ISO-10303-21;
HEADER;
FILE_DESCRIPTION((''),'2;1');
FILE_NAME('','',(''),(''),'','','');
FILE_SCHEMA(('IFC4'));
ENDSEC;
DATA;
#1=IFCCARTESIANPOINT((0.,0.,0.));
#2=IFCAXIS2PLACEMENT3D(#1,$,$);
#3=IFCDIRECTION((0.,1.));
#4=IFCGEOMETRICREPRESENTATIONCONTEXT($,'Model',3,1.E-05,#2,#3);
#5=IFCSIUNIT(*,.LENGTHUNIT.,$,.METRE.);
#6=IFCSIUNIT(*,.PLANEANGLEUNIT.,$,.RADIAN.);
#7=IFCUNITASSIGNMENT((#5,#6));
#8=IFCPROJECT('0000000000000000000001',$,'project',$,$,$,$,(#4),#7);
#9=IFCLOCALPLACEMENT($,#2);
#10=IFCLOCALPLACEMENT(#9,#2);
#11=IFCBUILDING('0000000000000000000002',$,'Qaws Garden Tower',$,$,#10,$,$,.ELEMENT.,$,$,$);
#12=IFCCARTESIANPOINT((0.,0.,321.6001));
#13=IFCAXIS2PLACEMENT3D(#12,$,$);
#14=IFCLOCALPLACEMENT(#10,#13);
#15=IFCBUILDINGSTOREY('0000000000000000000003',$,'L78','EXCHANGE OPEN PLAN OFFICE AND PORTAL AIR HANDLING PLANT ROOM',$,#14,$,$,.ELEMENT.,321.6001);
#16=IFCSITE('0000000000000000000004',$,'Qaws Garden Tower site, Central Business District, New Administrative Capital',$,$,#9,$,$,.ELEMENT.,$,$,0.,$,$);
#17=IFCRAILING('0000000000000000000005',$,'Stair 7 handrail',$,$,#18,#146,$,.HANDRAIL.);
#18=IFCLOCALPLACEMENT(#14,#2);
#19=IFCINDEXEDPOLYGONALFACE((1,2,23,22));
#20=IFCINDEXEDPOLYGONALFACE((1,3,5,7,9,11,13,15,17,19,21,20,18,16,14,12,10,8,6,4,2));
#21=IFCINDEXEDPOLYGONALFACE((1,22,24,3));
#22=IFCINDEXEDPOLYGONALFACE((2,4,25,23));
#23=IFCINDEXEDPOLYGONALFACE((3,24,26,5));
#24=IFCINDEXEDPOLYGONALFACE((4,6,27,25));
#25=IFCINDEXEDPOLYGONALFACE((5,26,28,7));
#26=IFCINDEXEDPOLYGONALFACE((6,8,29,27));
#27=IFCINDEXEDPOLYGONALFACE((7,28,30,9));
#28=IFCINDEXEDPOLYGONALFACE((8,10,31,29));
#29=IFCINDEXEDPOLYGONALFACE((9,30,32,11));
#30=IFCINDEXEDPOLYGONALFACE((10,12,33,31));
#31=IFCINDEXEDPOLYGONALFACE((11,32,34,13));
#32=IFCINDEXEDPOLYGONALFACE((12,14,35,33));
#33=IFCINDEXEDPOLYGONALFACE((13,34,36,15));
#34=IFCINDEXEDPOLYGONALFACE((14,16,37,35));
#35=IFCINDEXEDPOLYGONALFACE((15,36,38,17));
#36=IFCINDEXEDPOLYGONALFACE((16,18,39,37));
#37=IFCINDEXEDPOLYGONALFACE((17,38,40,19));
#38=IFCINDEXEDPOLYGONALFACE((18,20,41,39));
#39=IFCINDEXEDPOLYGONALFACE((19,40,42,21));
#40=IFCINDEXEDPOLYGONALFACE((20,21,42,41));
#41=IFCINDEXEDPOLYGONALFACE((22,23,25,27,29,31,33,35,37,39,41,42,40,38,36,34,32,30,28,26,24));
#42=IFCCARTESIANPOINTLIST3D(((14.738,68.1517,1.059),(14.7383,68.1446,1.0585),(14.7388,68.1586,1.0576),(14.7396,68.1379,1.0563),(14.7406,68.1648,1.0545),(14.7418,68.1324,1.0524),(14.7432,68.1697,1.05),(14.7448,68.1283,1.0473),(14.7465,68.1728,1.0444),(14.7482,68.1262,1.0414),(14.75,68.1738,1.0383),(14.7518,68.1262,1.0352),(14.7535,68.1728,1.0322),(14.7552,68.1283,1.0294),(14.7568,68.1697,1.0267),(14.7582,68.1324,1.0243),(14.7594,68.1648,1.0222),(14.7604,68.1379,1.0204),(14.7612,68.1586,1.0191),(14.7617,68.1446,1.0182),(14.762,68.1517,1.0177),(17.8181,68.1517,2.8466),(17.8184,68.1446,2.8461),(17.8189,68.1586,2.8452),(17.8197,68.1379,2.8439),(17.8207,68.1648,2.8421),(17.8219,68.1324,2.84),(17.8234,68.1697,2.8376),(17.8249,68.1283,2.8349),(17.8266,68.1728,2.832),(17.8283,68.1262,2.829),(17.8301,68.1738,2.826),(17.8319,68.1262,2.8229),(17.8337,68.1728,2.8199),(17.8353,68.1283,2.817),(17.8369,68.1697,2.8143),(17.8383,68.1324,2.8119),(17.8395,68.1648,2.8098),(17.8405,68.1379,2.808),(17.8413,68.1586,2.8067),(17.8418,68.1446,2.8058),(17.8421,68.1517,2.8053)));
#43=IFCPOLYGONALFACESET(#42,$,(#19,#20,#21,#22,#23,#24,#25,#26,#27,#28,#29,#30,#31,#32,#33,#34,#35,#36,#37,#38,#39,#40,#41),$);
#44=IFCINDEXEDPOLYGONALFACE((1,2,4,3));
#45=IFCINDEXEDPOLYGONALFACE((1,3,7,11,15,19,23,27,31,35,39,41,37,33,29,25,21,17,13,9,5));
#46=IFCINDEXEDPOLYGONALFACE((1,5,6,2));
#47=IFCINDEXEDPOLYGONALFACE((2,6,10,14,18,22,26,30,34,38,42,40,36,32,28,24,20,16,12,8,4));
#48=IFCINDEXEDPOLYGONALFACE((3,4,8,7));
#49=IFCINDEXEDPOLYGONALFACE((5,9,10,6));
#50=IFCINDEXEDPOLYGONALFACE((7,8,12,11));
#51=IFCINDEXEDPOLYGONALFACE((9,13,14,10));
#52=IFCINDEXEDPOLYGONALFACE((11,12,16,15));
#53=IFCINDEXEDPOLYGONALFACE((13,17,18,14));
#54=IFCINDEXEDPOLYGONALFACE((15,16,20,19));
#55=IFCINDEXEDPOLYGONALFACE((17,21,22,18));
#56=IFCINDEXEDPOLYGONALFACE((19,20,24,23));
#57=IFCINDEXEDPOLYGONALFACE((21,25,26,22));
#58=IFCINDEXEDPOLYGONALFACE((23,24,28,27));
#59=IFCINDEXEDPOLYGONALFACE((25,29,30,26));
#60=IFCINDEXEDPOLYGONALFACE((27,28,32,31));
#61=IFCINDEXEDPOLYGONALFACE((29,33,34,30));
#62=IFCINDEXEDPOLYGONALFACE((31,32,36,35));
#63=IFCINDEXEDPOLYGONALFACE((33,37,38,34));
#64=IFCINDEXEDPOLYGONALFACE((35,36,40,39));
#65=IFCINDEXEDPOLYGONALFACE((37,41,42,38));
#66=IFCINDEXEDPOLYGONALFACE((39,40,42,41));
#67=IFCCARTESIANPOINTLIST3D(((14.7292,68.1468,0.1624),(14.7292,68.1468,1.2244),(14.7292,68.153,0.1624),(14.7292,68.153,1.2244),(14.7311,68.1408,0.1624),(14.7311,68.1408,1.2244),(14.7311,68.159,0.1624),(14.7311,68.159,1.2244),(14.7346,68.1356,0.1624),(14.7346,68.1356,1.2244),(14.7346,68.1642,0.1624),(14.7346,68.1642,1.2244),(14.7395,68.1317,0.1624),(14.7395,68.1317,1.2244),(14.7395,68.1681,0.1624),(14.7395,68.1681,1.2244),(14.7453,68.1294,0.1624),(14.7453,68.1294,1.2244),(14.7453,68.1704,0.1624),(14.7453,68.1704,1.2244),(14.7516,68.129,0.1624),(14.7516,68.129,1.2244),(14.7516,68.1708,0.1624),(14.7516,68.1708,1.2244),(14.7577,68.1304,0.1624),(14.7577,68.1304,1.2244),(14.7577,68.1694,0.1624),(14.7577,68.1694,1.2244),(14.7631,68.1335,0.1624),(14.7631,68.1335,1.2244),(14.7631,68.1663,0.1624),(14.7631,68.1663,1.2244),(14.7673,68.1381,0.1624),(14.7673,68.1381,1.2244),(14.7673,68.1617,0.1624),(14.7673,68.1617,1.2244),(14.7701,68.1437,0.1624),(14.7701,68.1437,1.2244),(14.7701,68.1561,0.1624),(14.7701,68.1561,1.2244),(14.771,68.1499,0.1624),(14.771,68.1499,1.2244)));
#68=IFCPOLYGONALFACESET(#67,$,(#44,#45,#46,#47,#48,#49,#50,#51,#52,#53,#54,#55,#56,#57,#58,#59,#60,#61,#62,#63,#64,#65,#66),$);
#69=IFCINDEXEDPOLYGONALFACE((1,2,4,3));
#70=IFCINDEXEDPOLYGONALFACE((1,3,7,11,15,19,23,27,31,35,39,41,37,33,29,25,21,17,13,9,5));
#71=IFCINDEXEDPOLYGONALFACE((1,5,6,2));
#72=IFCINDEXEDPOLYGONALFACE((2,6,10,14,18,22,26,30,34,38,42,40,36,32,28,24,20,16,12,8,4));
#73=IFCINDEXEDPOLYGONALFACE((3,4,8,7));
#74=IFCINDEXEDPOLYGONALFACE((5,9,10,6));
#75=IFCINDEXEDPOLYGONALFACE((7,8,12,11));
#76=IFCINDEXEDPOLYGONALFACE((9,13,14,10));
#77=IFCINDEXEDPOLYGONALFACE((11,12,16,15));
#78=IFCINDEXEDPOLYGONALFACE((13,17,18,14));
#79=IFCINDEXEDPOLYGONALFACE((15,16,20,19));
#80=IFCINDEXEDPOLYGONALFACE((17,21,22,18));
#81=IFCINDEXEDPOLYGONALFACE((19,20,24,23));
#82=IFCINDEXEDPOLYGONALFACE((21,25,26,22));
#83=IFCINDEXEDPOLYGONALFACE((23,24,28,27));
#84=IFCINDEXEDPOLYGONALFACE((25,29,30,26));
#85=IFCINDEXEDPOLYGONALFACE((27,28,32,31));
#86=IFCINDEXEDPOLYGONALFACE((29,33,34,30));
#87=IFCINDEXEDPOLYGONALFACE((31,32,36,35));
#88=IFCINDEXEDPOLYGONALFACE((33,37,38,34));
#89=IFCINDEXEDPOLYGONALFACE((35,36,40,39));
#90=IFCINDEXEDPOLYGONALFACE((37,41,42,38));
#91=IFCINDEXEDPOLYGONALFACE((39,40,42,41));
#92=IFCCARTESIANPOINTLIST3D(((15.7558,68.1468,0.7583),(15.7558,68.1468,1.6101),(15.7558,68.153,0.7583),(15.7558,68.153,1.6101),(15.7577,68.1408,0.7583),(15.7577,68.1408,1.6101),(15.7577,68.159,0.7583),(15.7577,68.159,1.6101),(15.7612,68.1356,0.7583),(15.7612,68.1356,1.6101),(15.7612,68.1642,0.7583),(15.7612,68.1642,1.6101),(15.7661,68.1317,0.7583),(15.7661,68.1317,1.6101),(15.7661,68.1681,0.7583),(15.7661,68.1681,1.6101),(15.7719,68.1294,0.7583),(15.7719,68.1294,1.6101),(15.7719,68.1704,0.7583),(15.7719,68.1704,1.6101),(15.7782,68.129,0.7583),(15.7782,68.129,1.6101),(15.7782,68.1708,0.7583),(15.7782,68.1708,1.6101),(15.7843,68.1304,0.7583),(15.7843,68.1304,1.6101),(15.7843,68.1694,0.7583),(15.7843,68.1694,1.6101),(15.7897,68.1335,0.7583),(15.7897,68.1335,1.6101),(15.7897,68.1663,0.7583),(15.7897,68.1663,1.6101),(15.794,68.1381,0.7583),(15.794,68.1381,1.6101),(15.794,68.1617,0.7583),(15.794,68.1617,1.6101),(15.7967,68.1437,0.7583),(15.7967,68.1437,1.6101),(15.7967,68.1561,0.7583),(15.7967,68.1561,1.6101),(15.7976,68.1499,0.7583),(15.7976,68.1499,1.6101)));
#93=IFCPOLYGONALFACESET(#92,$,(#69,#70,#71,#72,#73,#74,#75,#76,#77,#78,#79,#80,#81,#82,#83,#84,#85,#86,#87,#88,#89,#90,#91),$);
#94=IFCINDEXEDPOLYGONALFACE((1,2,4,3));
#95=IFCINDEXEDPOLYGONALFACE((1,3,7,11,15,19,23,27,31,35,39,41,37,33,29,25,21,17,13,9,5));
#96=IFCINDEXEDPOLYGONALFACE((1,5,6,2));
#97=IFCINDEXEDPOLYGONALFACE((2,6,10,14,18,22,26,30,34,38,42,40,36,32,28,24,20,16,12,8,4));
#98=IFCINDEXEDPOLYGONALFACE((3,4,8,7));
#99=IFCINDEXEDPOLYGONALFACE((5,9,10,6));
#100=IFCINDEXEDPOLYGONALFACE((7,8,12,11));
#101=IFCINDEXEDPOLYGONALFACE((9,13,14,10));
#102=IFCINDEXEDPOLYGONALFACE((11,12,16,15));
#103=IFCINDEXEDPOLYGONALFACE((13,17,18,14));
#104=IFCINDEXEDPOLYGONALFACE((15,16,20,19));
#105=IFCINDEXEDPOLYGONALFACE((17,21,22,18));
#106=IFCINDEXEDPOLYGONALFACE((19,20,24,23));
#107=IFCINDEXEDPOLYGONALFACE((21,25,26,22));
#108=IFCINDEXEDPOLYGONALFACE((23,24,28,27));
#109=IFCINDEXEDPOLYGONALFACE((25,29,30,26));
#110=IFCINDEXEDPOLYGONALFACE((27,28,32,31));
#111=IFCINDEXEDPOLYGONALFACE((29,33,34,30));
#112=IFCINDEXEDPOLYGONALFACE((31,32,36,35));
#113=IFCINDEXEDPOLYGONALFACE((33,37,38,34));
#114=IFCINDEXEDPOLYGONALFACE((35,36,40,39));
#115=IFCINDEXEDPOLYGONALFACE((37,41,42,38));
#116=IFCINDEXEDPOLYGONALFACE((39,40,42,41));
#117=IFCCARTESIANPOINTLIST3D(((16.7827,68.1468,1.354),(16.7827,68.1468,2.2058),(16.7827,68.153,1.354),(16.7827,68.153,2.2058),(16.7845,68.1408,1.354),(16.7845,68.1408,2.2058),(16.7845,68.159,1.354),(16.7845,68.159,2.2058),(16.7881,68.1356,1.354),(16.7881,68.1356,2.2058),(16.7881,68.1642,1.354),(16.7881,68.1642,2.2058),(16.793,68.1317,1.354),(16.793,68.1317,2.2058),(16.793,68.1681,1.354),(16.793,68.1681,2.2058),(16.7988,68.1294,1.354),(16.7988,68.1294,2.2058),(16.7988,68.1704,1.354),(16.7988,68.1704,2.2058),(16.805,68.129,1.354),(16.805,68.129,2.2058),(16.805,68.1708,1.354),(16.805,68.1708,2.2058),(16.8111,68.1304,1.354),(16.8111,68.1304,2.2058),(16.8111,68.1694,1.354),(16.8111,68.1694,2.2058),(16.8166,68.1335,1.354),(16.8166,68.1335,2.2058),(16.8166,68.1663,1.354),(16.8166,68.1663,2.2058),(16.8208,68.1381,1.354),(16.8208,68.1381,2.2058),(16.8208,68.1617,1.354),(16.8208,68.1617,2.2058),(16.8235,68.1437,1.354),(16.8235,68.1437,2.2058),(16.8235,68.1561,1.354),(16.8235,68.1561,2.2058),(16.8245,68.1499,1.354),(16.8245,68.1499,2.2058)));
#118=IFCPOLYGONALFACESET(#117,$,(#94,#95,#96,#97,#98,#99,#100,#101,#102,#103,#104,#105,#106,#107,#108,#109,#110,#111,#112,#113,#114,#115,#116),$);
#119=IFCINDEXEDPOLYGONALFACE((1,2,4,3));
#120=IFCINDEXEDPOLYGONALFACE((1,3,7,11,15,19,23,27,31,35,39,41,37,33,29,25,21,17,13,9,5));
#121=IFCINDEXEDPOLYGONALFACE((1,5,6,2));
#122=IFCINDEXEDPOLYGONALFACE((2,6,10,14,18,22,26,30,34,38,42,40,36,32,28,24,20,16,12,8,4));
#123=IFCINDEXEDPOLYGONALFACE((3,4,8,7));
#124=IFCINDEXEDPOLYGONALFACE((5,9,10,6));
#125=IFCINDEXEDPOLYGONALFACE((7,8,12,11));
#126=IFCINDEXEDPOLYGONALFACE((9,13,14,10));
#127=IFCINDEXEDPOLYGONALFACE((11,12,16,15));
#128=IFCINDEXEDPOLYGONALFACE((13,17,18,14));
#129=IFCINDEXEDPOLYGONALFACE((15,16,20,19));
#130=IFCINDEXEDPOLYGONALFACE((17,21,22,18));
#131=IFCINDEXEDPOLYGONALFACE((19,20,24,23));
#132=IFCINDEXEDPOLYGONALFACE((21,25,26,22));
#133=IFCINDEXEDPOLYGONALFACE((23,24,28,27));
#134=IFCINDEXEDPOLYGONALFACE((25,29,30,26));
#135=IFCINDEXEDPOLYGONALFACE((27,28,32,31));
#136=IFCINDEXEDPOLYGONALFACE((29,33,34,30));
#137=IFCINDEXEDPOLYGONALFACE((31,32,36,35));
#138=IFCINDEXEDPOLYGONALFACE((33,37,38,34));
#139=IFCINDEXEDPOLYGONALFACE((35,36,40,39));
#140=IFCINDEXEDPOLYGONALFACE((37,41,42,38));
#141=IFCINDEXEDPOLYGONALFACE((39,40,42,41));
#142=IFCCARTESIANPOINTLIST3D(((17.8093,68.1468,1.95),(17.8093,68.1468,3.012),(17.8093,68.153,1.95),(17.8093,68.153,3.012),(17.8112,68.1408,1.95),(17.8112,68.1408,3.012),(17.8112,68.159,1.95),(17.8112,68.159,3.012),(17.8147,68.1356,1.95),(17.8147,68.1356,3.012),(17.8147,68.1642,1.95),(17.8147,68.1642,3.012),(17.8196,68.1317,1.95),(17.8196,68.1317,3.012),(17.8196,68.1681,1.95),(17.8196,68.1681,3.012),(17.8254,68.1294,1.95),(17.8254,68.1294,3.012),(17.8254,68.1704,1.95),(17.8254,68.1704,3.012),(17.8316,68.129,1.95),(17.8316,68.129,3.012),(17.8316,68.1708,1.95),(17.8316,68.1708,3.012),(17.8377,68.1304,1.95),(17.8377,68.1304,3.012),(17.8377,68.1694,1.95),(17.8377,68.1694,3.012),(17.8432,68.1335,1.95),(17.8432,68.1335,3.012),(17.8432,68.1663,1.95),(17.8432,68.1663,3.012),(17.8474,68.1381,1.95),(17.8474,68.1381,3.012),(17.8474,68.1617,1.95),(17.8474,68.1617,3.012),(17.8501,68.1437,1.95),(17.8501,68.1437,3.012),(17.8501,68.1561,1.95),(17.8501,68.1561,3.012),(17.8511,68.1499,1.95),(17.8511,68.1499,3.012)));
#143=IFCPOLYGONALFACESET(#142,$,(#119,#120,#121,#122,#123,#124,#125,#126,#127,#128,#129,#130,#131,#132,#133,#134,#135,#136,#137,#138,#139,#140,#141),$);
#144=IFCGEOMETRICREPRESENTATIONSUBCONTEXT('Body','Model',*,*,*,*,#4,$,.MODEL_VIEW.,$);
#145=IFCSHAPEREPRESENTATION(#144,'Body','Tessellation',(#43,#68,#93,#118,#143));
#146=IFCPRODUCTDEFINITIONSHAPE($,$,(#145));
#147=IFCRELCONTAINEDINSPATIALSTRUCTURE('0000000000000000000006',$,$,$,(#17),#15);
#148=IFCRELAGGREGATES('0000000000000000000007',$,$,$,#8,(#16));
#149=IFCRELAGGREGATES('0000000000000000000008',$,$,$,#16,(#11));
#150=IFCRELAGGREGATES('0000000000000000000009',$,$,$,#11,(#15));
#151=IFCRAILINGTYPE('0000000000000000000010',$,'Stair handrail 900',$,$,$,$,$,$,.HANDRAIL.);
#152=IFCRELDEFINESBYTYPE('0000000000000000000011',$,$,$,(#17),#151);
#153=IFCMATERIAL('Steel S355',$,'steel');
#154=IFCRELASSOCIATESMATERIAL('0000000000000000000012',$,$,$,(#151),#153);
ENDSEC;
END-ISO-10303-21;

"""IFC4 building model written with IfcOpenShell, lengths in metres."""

from ifc_helpers import new_model, si_unit, direction, frame, origin, origin_2d, place, context, subcontext, project, spatial, circle, extrude, material, type_object, element, save


model = new_model("IFC4")

# Units and contexts
model_context = context("Model", 3, precision=1e-05, world=origin(), true_north=direction((0.0, 1.0)))
body_context = subcontext(model_context, "Body", "Model", "MODEL_VIEW")
ifc_project = project(units=[si_unit("LENGTHUNIT", "METRE"), si_unit("PLANEANGLEUNIT", "RADIAN")], contexts=[model_context])

# Site, building, storey
site_placement = place(None, origin())
site = spatial("IfcSite", under=ifc_project, at=site_placement, Name="Qaws Garden Tower site, Central Business District, New Administrative Capital", CompositionType="ELEMENT", RefElevation=0.0)
building_placement = place(site_placement, origin())
building = spatial("IfcBuilding", under=site, at=building_placement, Name="Qaws Garden Tower", CompositionType="ELEMENT")
storey_placement = place(building_placement, frame((0.0, 0.0, 321.6001)))
storey = spatial("IfcBuildingStorey", under=building, at=storey_placement, Name="L78", Description="EXCHANGE OPEN PLAN OFFICE AND PORTAL AIR HANDLING PLANT ROOM", CompositionType="ELEMENT", Elevation=321.6001)

# Railing
ifc_material_1 = material(Name="Steel S355", Category="steel")
railing_type = type_object("IfcRailingType", Name="Stair handrail 900", PredefinedType="HANDRAIL", material=ifc_material_1)
railing_1_placement = place(storey_placement, frame((14.75, 68.1499, 0.1624)))
element("IfcRailing", 1, at=railing_1_placement, inside=storey, type_object=railing_type, Name="Stair 7 handrail", PredefinedType="HANDRAIL", context=body_context, shape_type="SweptSolid", body=[
    extrude(circle(Radius=0.0239, at=origin_2d()), frame((0.0, 0.0, 0.876), z_axis=(0.864891, 0.0, 0.50196), x_axis=(0.0, 1.0, 0.0)), (0.0, 0.0, 1.0), 3.5613),
    extrude(circle(Radius=0.021, at=origin_2d()), origin(), (0.0, 0.0, 1.0), 1.062),
    extrude(circle(Radius=0.021, at=origin_2d()), frame((1.0266, 0.0, 0.5959)), (0.0, 0.0, 1.0), 0.8518),
    extrude(circle(Radius=0.021, at=origin_2d()), frame((2.0535, 0.0, 1.1917)), (0.0, 0.0, 1.0), 0.8518),
    extrude(circle(Radius=0.021, at=origin_2d()), frame((3.0801, 0.0, 1.7876)), (0.0, 0.0, 1.0), 1.062),
])

save(model, "model.ifc")
